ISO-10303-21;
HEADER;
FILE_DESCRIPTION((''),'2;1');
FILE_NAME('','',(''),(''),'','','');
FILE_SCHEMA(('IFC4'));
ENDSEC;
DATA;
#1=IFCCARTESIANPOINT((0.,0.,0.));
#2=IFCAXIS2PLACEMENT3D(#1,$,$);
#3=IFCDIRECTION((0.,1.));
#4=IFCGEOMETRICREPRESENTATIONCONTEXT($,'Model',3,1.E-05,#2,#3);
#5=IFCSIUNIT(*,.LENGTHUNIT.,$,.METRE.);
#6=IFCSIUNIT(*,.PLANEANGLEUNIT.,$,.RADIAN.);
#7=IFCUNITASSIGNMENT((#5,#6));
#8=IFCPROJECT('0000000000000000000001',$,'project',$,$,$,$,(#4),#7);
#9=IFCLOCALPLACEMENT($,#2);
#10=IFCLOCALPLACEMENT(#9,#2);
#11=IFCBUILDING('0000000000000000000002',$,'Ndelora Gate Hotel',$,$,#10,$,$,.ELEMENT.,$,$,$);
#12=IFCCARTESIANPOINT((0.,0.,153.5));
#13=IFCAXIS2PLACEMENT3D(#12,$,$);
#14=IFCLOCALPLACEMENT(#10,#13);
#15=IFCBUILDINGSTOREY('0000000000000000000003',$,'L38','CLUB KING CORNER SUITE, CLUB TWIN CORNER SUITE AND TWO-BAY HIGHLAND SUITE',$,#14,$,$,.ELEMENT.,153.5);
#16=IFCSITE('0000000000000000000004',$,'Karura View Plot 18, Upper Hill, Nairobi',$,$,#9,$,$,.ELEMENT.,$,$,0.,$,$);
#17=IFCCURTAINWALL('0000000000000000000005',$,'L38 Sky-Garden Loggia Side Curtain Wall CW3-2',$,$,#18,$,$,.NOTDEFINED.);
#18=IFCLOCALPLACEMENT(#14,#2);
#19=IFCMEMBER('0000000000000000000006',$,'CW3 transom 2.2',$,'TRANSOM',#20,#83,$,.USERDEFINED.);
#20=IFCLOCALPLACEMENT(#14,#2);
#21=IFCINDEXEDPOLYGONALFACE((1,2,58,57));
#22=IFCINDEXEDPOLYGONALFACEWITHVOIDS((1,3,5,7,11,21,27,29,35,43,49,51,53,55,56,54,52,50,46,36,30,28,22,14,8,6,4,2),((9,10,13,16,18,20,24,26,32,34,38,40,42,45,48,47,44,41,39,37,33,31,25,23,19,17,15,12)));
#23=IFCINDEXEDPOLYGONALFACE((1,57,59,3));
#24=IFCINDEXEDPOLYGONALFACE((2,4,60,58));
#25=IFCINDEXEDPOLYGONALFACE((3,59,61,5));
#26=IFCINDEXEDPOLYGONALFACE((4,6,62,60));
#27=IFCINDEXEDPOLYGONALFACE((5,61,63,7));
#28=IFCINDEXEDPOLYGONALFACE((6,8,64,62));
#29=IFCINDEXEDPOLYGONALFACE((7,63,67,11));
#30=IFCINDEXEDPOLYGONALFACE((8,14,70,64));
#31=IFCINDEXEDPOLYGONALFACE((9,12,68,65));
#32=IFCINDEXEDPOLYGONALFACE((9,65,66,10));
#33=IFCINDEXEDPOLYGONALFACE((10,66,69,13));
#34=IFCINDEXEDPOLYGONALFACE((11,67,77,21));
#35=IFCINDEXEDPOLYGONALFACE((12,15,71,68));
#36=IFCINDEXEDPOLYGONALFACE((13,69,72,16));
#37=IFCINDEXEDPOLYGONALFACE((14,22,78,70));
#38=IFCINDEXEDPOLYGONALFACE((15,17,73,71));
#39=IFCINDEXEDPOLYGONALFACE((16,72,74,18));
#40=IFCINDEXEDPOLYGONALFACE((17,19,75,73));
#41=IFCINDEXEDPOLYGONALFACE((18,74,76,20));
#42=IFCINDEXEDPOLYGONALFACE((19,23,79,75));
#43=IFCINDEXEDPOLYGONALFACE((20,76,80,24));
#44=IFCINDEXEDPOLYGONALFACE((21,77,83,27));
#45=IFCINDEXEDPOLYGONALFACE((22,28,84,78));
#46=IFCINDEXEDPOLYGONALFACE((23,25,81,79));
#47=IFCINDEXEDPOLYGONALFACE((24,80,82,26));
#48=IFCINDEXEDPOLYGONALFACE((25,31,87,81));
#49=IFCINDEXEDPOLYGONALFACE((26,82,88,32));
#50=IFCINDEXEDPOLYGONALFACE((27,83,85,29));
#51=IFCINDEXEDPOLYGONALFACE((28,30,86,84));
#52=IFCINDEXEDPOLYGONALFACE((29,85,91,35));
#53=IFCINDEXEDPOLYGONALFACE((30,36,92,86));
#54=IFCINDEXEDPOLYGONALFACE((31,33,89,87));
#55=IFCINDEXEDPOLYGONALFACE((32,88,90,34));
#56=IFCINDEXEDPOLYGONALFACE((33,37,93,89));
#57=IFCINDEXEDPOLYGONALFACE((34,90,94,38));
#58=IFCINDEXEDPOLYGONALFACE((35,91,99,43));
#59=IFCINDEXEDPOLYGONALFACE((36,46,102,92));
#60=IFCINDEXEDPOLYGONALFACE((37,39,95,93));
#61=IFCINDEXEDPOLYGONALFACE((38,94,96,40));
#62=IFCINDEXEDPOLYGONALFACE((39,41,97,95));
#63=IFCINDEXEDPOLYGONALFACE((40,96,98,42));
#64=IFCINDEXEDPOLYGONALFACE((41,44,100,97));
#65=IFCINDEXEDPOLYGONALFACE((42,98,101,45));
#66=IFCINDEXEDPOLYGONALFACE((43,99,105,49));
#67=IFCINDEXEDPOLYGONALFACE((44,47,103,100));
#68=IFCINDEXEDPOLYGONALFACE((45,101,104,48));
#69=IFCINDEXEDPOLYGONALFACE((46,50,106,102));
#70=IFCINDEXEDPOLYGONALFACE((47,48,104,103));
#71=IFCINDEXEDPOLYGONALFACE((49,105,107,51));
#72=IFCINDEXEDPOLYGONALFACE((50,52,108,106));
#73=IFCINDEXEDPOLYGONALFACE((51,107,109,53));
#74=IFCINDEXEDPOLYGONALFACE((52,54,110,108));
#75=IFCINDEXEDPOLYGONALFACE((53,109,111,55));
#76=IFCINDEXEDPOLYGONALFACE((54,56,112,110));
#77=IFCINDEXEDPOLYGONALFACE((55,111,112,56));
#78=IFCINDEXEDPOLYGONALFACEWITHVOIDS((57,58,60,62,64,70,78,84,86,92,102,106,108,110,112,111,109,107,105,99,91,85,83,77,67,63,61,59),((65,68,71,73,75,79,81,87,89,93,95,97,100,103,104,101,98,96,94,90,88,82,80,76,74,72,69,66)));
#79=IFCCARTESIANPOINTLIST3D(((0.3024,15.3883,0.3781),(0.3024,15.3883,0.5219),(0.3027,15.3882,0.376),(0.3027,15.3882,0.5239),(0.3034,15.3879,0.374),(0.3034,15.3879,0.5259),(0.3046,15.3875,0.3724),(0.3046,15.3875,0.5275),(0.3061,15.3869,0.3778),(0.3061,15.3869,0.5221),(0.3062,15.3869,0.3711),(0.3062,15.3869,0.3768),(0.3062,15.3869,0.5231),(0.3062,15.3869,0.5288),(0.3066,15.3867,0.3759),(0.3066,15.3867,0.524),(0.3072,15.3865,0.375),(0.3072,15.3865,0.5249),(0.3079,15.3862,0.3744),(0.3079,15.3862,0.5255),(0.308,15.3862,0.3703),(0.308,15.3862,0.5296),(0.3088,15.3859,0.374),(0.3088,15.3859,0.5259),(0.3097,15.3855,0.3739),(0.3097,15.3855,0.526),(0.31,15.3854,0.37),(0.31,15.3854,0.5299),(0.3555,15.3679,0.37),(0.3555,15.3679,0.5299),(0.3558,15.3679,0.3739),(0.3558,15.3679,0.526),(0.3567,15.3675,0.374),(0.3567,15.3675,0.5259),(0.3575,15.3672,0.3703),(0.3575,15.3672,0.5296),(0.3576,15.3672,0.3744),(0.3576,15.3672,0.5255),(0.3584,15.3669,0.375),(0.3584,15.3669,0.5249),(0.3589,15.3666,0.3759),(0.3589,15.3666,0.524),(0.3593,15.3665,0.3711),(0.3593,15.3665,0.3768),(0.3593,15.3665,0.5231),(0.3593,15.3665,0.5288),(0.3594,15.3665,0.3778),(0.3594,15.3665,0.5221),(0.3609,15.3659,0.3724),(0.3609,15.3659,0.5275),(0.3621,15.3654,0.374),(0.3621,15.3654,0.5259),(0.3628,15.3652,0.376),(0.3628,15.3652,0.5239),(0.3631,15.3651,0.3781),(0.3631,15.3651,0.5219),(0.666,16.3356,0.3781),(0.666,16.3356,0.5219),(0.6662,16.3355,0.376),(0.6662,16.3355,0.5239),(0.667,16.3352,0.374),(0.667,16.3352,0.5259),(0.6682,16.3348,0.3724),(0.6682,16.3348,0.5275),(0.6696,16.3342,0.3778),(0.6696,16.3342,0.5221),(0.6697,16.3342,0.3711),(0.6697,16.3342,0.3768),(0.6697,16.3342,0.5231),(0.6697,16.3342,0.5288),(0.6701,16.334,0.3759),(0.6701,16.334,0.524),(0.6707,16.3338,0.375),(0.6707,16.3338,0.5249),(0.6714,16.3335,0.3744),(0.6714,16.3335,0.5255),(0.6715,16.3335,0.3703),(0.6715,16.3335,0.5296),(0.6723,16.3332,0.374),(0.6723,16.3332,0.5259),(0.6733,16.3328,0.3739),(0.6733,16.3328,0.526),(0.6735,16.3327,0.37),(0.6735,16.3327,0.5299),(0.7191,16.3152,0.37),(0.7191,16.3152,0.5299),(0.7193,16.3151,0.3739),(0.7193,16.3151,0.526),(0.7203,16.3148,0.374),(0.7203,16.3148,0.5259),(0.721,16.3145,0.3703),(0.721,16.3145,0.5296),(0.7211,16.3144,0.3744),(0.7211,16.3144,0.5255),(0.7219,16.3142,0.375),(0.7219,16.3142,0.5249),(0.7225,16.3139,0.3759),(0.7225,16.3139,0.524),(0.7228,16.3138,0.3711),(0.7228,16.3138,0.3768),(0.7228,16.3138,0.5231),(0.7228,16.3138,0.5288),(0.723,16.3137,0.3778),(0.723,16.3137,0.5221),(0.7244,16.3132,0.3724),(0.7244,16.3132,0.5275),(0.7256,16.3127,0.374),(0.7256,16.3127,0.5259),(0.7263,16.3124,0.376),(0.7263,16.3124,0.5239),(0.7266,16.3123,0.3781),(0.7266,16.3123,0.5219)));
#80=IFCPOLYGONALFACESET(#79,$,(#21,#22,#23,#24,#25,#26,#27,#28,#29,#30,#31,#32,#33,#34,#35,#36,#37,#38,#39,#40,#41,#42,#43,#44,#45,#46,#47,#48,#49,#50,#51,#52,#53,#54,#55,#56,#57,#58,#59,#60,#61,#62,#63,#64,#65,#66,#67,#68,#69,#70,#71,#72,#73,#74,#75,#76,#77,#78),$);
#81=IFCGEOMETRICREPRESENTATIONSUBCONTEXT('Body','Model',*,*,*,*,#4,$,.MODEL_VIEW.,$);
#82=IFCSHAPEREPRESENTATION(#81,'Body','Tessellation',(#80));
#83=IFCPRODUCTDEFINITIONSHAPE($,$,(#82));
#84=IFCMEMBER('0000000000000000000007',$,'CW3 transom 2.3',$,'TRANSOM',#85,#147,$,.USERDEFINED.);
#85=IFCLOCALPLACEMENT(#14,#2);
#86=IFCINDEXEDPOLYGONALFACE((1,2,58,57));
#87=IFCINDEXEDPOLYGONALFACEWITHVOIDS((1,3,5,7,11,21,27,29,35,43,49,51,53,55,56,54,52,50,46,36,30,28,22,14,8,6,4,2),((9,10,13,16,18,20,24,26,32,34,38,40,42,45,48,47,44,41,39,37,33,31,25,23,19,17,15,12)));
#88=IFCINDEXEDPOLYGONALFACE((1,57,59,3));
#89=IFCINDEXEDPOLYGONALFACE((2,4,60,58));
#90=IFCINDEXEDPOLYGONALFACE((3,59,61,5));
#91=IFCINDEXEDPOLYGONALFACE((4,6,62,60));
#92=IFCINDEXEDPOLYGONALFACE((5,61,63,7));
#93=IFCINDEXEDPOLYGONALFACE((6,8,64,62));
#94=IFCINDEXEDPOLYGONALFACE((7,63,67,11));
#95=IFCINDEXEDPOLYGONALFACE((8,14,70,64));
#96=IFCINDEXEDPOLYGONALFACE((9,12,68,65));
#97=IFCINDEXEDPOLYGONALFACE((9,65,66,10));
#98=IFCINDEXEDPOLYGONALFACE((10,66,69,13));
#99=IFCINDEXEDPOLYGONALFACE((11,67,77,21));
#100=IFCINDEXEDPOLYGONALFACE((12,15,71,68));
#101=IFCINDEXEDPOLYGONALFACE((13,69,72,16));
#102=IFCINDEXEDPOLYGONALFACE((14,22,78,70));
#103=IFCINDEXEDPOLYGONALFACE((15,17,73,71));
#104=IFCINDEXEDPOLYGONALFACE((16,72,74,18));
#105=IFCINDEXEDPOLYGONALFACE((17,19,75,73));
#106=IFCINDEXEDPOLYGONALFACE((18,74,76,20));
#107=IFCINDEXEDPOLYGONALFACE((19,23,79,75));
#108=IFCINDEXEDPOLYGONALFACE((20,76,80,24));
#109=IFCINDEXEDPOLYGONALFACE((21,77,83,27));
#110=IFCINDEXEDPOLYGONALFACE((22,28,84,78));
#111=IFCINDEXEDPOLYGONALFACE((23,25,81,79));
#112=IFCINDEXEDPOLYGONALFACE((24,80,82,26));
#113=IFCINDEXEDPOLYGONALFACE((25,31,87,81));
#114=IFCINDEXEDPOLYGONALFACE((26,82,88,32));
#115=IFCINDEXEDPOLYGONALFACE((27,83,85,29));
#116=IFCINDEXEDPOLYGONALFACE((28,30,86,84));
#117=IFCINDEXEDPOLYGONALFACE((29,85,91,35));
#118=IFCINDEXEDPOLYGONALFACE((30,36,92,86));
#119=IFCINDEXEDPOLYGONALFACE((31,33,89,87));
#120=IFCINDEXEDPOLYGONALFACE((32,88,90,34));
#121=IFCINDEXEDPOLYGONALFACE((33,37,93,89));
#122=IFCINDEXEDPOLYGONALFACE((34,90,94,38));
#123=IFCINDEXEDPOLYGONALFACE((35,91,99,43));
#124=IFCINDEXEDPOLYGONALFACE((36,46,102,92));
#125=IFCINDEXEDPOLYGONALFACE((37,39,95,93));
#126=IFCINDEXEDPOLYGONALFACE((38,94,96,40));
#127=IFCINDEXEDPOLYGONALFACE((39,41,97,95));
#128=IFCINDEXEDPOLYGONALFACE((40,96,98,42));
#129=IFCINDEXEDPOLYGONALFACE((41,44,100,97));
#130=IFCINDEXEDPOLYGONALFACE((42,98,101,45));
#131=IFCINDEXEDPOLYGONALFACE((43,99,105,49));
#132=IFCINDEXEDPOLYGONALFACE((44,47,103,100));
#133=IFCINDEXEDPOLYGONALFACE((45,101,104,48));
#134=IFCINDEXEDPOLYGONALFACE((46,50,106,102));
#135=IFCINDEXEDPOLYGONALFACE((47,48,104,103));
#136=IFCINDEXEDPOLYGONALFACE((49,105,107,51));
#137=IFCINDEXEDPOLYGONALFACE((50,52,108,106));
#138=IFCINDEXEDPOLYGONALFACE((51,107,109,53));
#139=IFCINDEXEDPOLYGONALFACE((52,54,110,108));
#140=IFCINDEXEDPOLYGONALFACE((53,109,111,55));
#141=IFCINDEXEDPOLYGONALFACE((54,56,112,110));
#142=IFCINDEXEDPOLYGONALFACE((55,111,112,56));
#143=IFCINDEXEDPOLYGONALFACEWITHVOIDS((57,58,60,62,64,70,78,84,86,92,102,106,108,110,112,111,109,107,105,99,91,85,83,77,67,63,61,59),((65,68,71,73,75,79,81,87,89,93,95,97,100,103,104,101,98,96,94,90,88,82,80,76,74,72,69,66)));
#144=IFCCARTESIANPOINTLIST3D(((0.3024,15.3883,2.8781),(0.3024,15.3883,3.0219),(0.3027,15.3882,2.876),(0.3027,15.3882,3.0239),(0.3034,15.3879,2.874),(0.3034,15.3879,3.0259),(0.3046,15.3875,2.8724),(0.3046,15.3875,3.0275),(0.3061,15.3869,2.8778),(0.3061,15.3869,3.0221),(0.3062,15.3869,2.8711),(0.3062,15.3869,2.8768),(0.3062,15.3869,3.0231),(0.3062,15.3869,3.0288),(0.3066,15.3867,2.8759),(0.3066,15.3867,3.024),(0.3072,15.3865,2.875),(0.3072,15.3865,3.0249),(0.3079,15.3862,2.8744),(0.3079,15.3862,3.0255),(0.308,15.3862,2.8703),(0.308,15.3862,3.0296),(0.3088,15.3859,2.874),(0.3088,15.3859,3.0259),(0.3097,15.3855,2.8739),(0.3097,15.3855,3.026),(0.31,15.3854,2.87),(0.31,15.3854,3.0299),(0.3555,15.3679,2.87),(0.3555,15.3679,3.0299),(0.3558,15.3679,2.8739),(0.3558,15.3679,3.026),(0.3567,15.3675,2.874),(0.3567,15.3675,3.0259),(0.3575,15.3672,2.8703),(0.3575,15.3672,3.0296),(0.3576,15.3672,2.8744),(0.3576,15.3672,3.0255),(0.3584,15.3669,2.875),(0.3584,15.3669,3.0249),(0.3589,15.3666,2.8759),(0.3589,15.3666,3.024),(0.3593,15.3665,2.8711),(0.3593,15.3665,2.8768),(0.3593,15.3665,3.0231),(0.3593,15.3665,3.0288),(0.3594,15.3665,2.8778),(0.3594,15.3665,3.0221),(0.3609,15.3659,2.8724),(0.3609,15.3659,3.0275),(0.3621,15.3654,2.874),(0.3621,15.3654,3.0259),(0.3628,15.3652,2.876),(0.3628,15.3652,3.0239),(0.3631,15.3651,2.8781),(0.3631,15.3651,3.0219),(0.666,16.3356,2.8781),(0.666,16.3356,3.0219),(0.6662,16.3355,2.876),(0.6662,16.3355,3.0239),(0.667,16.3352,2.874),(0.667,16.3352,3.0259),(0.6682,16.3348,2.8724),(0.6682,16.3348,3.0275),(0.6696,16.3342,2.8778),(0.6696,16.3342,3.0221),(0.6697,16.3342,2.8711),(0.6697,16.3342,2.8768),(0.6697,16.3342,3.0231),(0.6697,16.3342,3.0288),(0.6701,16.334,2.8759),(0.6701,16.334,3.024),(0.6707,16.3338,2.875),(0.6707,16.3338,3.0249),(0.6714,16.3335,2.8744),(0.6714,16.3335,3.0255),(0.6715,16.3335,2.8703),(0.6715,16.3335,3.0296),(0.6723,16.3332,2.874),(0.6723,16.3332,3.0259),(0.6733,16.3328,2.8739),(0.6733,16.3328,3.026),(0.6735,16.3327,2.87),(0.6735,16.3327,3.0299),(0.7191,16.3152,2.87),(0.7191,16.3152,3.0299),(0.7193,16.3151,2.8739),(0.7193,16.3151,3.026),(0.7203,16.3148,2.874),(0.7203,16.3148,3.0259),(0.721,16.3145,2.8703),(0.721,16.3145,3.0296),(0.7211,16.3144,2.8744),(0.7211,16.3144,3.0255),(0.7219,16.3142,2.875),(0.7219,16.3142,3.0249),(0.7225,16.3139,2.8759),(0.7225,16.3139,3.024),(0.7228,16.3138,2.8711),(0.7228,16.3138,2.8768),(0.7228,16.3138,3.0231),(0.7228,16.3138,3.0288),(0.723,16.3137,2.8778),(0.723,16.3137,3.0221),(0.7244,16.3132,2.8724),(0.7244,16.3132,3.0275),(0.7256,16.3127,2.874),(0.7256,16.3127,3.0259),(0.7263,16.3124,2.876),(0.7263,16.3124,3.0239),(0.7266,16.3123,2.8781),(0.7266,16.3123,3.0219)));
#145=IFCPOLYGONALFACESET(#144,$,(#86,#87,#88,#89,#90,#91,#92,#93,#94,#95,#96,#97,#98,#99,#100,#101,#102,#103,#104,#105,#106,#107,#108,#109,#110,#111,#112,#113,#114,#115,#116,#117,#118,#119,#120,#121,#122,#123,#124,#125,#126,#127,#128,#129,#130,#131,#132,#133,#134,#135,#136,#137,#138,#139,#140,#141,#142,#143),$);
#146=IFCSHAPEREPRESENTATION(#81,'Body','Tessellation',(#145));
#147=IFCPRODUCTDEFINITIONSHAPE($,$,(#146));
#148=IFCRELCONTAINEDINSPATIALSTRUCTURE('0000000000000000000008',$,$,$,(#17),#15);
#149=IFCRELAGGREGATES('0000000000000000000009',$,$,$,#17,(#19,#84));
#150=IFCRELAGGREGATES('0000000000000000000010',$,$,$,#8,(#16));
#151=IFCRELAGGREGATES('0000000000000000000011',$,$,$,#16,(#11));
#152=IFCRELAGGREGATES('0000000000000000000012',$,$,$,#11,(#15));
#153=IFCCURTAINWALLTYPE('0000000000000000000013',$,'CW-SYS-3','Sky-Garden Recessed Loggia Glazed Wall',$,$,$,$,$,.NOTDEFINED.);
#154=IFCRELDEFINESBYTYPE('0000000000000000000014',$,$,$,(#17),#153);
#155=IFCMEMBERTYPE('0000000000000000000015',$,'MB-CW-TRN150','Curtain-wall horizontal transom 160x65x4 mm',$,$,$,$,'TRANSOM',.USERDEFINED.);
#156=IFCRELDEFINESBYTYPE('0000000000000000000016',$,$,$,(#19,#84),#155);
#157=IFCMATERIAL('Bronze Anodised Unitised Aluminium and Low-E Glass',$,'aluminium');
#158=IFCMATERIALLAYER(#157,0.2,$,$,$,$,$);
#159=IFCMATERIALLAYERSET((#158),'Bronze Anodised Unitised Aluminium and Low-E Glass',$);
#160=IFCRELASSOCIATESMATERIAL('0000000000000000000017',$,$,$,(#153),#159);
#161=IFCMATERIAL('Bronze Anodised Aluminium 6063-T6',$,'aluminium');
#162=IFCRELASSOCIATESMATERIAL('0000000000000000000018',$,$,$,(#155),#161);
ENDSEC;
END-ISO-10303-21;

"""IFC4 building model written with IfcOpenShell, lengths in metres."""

from ifc_helpers import new_model, si_unit, direction, frame, origin, origin_2d, place, context, subcontext, project, spatial, hollow_rectangle, extrude, material, layer, layer_set, material_profile, profile_set, type_object, element, aggregate, save


model = new_model("IFC4")

# Units and contexts
model_context = context("Model", 3, precision=1e-05, world=origin(), true_north=direction((0.0, 1.0)))
body_context = subcontext(model_context, "Body", "Model", "MODEL_VIEW")
ifc_project = project(units=[si_unit("LENGTHUNIT", "METRE"), si_unit("PLANEANGLEUNIT", "RADIAN")], contexts=[model_context])

# Site, building, storey
site_placement = place(None, origin())
site = spatial("IfcSite", under=ifc_project, at=site_placement, Name="Karura View Plot 18, Upper Hill, Nairobi", CompositionType="ELEMENT", RefElevation=0.0)
building_placement = place(site_placement, origin())
building = spatial("IfcBuilding", under=site, at=building_placement, Name="Ndelora Gate Hotel", CompositionType="ELEMENT")
storey_placement = place(building_placement, frame((0.0, 0.0, 153.5)))
storey = spatial("IfcBuildingStorey", under=building, at=storey_placement, Name="L38", Description="CLUB KING CORNER SUITE, CLUB TWIN CORNER SUITE AND TWO-BAY HIGHLAND SUITE", CompositionType="ELEMENT", Elevation=153.5)

# Curtain wall, members
ifc_material_1 = material(Name="Bronze Anodised Unitised Aluminium and Low-E Glass", Category="aluminium")
ifc_layer_1 = layer(ifc_material_1, 0.2)
ifc_layer_set_1 = layer_set([ifc_layer_1], Name="Bronze Anodised Unitised Aluminium and Low-E Glass")
curtain_wall_type = type_object("IfcCurtainWallType", Name="CW-SYS-3", Description="Sky-Garden Recessed Loggia Glazed Wall", PredefinedType="NOTDEFINED", material=ifc_layer_set_1)
curtain_wall_placement = place(storey_placement, origin())
curtain_wall = element("IfcCurtainWall", 1, at=curtain_wall_placement, inside=storey, type_object=curtain_wall_type, Name="L38 Sky-Garden Loggia Side Curtain Wall CW3-2", PredefinedType="NOTDEFINED")
ifc_material_2 = material(Name="Bronze Anodised Aluminium 6063-T6", Category="aluminium")
ifc_material_profile_1 = material_profile(ifc_material_2, hollow_rectangle(XDim=0.0649, YDim=0.1599, WallThickness=0.0039, InnerFilletRadius=0.0039, OuterFilletRadius=0.0081, at=origin_2d()), Name="ALU 160x65x4")
ifc_profile_set_1 = profile_set([ifc_material_profile_1], Name="Bronze Anodised Aluminium 6063-T6")
member_type_1 = type_object("IfcMemberType", Name="MB-CW-TRN150", Description="Curtain-wall horizontal transom 160x65x4 mm", ElementType="TRANSOM", PredefinedType="USERDEFINED", material=ifc_profile_set_1)
member_1_placement = place(storey_placement, frame((0.6963, 16.324, 0.45), z_axis=(-0.358286, -0.933612, 0.0), x_axis=(0.933612, -0.358286, 0.0)))
member_1 = element("IfcMember", 2, at=member_1_placement, type_object=member_type_1, Name="CW3 transom 2.2", ObjectType="TRANSOM", PredefinedType="USERDEFINED", context=body_context, shape_type="SweptSolid", body=[
    extrude(hollow_rectangle(XDim=0.0649, YDim=0.1599, WallThickness=0.0039, InnerFilletRadius=0.0039, OuterFilletRadius=0.0081, at=origin_2d()), origin(), (0.0, 0.0, 1.0), 1.0146),
])
member_2_placement = place(storey_placement, frame((0.6963, 16.324, 2.95), z_axis=(-0.358286, -0.933612, 0.0), x_axis=(0.933612, -0.358286, 0.0)))
member_2 = element("IfcMember", 3, at=member_2_placement, type_object=member_type_1, Name="CW3 transom 2.3", ObjectType="TRANSOM", PredefinedType="USERDEFINED", context=body_context, shape_type="SweptSolid", body=[
    extrude(hollow_rectangle(XDim=0.0649, YDim=0.1599, WallThickness=0.0039, InnerFilletRadius=0.0039, OuterFilletRadius=0.0081, at=origin_2d()), origin(), (0.0, 0.0, 1.0), 1.0146),
])
aggregate(curtain_wall, [member_1, member_2])

save(model, "model.ifc")
